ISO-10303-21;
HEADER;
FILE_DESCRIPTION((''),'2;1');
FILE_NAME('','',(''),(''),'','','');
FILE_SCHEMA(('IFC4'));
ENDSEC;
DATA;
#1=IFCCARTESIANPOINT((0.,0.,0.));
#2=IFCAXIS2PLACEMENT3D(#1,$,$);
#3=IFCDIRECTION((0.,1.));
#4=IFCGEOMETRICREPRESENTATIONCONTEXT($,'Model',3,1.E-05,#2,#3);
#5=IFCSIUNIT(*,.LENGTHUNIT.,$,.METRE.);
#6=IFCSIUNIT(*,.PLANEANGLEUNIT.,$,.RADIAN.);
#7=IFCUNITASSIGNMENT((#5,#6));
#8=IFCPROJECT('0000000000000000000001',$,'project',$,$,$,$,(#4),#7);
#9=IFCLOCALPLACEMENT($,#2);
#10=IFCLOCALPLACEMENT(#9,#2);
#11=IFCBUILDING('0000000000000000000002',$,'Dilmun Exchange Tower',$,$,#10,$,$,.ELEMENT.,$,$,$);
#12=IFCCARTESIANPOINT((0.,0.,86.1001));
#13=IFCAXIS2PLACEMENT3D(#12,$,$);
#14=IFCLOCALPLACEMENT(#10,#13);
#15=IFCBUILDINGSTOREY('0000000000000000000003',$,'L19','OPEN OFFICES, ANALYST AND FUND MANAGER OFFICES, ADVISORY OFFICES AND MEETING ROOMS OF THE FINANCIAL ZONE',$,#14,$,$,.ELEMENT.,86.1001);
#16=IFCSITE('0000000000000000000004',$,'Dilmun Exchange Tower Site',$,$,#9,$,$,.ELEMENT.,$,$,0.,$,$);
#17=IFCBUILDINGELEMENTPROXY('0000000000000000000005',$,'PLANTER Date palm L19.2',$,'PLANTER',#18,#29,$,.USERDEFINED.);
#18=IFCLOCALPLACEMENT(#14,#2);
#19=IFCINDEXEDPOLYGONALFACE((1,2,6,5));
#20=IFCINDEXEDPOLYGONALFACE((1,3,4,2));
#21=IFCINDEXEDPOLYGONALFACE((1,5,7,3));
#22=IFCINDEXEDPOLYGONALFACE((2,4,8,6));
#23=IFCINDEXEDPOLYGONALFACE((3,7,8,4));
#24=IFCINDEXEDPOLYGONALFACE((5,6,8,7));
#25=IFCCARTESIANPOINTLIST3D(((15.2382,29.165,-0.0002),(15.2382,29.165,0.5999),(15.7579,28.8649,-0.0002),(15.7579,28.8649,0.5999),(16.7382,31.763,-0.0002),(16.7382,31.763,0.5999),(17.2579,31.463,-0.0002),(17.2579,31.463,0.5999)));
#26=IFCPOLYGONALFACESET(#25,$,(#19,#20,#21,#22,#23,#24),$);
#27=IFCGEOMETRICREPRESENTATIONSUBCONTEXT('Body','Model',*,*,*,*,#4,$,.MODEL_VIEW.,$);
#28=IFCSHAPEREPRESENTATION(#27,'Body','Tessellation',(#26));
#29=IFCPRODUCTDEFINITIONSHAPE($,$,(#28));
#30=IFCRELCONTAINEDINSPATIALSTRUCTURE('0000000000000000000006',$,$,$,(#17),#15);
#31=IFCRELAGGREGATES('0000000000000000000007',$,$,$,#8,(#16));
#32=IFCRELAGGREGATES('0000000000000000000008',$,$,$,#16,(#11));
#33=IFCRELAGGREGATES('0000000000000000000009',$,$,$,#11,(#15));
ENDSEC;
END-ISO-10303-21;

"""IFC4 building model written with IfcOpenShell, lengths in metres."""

from ifc_helpers import new_model, si_unit, direction, frame, origin, origin_2d, place, context, subcontext, project, spatial, rectangle, extrude, element, save


model = new_model("IFC4")

# Units and contexts
model_context = context("Model", 3, precision=1e-05, world=origin(), true_north=direction((0.0, 1.0)))
body_context = subcontext(model_context, "Body", "Model", "MODEL_VIEW")
ifc_project = project(units=[si_unit("LENGTHUNIT", "METRE"), si_unit("PLANEANGLEUNIT", "RADIAN")], contexts=[model_context])

# Site, building, storey
site_placement = place(None, origin())
site = spatial("IfcSite", under=ifc_project, at=site_placement, Name="Dilmun Exchange Tower Site", CompositionType="ELEMENT", RefElevation=0.0)
building_placement = place(site_placement, origin())
building = spatial("IfcBuilding", under=site, at=building_placement, Name="Dilmun Exchange Tower", CompositionType="ELEMENT")
storey_placement = place(building_placement, frame((0.0, 0.0, 86.1001)))
storey = spatial("IfcBuildingStorey", under=building, at=storey_placement, Name="L19", Description="OPEN OFFICES, ANALYST AND FUND MANAGER OFFICES, ADVISORY OFFICES AND MEETING ROOMS OF THE FINANCIAL ZONE", CompositionType="ELEMENT", Elevation=86.1001)

# Building element proxy
for number, where, z_axis, x_axis, name in (
    (1, (16.248, 30.314, -0.0002), (0.0, 0.0, 1.0), (0.5, 0.866025, 0.0), "PLANTER Date palm L19.2"),
):
    element("IfcBuildingElementProxy", number, at=place(storey_placement, frame(where, z_axis=z_axis, x_axis=x_axis)), inside=storey, Name=name, ObjectType="PLANTER", PredefinedType="USERDEFINED", context=body_context, shape_type="SweptSolid", body=[
        extrude(rectangle(XDim=3.0, YDim=0.6001, at=origin_2d()), origin(), (0.0, 0.0, 1.0), 0.6001),
    ])

save(model, "model.ifc")
